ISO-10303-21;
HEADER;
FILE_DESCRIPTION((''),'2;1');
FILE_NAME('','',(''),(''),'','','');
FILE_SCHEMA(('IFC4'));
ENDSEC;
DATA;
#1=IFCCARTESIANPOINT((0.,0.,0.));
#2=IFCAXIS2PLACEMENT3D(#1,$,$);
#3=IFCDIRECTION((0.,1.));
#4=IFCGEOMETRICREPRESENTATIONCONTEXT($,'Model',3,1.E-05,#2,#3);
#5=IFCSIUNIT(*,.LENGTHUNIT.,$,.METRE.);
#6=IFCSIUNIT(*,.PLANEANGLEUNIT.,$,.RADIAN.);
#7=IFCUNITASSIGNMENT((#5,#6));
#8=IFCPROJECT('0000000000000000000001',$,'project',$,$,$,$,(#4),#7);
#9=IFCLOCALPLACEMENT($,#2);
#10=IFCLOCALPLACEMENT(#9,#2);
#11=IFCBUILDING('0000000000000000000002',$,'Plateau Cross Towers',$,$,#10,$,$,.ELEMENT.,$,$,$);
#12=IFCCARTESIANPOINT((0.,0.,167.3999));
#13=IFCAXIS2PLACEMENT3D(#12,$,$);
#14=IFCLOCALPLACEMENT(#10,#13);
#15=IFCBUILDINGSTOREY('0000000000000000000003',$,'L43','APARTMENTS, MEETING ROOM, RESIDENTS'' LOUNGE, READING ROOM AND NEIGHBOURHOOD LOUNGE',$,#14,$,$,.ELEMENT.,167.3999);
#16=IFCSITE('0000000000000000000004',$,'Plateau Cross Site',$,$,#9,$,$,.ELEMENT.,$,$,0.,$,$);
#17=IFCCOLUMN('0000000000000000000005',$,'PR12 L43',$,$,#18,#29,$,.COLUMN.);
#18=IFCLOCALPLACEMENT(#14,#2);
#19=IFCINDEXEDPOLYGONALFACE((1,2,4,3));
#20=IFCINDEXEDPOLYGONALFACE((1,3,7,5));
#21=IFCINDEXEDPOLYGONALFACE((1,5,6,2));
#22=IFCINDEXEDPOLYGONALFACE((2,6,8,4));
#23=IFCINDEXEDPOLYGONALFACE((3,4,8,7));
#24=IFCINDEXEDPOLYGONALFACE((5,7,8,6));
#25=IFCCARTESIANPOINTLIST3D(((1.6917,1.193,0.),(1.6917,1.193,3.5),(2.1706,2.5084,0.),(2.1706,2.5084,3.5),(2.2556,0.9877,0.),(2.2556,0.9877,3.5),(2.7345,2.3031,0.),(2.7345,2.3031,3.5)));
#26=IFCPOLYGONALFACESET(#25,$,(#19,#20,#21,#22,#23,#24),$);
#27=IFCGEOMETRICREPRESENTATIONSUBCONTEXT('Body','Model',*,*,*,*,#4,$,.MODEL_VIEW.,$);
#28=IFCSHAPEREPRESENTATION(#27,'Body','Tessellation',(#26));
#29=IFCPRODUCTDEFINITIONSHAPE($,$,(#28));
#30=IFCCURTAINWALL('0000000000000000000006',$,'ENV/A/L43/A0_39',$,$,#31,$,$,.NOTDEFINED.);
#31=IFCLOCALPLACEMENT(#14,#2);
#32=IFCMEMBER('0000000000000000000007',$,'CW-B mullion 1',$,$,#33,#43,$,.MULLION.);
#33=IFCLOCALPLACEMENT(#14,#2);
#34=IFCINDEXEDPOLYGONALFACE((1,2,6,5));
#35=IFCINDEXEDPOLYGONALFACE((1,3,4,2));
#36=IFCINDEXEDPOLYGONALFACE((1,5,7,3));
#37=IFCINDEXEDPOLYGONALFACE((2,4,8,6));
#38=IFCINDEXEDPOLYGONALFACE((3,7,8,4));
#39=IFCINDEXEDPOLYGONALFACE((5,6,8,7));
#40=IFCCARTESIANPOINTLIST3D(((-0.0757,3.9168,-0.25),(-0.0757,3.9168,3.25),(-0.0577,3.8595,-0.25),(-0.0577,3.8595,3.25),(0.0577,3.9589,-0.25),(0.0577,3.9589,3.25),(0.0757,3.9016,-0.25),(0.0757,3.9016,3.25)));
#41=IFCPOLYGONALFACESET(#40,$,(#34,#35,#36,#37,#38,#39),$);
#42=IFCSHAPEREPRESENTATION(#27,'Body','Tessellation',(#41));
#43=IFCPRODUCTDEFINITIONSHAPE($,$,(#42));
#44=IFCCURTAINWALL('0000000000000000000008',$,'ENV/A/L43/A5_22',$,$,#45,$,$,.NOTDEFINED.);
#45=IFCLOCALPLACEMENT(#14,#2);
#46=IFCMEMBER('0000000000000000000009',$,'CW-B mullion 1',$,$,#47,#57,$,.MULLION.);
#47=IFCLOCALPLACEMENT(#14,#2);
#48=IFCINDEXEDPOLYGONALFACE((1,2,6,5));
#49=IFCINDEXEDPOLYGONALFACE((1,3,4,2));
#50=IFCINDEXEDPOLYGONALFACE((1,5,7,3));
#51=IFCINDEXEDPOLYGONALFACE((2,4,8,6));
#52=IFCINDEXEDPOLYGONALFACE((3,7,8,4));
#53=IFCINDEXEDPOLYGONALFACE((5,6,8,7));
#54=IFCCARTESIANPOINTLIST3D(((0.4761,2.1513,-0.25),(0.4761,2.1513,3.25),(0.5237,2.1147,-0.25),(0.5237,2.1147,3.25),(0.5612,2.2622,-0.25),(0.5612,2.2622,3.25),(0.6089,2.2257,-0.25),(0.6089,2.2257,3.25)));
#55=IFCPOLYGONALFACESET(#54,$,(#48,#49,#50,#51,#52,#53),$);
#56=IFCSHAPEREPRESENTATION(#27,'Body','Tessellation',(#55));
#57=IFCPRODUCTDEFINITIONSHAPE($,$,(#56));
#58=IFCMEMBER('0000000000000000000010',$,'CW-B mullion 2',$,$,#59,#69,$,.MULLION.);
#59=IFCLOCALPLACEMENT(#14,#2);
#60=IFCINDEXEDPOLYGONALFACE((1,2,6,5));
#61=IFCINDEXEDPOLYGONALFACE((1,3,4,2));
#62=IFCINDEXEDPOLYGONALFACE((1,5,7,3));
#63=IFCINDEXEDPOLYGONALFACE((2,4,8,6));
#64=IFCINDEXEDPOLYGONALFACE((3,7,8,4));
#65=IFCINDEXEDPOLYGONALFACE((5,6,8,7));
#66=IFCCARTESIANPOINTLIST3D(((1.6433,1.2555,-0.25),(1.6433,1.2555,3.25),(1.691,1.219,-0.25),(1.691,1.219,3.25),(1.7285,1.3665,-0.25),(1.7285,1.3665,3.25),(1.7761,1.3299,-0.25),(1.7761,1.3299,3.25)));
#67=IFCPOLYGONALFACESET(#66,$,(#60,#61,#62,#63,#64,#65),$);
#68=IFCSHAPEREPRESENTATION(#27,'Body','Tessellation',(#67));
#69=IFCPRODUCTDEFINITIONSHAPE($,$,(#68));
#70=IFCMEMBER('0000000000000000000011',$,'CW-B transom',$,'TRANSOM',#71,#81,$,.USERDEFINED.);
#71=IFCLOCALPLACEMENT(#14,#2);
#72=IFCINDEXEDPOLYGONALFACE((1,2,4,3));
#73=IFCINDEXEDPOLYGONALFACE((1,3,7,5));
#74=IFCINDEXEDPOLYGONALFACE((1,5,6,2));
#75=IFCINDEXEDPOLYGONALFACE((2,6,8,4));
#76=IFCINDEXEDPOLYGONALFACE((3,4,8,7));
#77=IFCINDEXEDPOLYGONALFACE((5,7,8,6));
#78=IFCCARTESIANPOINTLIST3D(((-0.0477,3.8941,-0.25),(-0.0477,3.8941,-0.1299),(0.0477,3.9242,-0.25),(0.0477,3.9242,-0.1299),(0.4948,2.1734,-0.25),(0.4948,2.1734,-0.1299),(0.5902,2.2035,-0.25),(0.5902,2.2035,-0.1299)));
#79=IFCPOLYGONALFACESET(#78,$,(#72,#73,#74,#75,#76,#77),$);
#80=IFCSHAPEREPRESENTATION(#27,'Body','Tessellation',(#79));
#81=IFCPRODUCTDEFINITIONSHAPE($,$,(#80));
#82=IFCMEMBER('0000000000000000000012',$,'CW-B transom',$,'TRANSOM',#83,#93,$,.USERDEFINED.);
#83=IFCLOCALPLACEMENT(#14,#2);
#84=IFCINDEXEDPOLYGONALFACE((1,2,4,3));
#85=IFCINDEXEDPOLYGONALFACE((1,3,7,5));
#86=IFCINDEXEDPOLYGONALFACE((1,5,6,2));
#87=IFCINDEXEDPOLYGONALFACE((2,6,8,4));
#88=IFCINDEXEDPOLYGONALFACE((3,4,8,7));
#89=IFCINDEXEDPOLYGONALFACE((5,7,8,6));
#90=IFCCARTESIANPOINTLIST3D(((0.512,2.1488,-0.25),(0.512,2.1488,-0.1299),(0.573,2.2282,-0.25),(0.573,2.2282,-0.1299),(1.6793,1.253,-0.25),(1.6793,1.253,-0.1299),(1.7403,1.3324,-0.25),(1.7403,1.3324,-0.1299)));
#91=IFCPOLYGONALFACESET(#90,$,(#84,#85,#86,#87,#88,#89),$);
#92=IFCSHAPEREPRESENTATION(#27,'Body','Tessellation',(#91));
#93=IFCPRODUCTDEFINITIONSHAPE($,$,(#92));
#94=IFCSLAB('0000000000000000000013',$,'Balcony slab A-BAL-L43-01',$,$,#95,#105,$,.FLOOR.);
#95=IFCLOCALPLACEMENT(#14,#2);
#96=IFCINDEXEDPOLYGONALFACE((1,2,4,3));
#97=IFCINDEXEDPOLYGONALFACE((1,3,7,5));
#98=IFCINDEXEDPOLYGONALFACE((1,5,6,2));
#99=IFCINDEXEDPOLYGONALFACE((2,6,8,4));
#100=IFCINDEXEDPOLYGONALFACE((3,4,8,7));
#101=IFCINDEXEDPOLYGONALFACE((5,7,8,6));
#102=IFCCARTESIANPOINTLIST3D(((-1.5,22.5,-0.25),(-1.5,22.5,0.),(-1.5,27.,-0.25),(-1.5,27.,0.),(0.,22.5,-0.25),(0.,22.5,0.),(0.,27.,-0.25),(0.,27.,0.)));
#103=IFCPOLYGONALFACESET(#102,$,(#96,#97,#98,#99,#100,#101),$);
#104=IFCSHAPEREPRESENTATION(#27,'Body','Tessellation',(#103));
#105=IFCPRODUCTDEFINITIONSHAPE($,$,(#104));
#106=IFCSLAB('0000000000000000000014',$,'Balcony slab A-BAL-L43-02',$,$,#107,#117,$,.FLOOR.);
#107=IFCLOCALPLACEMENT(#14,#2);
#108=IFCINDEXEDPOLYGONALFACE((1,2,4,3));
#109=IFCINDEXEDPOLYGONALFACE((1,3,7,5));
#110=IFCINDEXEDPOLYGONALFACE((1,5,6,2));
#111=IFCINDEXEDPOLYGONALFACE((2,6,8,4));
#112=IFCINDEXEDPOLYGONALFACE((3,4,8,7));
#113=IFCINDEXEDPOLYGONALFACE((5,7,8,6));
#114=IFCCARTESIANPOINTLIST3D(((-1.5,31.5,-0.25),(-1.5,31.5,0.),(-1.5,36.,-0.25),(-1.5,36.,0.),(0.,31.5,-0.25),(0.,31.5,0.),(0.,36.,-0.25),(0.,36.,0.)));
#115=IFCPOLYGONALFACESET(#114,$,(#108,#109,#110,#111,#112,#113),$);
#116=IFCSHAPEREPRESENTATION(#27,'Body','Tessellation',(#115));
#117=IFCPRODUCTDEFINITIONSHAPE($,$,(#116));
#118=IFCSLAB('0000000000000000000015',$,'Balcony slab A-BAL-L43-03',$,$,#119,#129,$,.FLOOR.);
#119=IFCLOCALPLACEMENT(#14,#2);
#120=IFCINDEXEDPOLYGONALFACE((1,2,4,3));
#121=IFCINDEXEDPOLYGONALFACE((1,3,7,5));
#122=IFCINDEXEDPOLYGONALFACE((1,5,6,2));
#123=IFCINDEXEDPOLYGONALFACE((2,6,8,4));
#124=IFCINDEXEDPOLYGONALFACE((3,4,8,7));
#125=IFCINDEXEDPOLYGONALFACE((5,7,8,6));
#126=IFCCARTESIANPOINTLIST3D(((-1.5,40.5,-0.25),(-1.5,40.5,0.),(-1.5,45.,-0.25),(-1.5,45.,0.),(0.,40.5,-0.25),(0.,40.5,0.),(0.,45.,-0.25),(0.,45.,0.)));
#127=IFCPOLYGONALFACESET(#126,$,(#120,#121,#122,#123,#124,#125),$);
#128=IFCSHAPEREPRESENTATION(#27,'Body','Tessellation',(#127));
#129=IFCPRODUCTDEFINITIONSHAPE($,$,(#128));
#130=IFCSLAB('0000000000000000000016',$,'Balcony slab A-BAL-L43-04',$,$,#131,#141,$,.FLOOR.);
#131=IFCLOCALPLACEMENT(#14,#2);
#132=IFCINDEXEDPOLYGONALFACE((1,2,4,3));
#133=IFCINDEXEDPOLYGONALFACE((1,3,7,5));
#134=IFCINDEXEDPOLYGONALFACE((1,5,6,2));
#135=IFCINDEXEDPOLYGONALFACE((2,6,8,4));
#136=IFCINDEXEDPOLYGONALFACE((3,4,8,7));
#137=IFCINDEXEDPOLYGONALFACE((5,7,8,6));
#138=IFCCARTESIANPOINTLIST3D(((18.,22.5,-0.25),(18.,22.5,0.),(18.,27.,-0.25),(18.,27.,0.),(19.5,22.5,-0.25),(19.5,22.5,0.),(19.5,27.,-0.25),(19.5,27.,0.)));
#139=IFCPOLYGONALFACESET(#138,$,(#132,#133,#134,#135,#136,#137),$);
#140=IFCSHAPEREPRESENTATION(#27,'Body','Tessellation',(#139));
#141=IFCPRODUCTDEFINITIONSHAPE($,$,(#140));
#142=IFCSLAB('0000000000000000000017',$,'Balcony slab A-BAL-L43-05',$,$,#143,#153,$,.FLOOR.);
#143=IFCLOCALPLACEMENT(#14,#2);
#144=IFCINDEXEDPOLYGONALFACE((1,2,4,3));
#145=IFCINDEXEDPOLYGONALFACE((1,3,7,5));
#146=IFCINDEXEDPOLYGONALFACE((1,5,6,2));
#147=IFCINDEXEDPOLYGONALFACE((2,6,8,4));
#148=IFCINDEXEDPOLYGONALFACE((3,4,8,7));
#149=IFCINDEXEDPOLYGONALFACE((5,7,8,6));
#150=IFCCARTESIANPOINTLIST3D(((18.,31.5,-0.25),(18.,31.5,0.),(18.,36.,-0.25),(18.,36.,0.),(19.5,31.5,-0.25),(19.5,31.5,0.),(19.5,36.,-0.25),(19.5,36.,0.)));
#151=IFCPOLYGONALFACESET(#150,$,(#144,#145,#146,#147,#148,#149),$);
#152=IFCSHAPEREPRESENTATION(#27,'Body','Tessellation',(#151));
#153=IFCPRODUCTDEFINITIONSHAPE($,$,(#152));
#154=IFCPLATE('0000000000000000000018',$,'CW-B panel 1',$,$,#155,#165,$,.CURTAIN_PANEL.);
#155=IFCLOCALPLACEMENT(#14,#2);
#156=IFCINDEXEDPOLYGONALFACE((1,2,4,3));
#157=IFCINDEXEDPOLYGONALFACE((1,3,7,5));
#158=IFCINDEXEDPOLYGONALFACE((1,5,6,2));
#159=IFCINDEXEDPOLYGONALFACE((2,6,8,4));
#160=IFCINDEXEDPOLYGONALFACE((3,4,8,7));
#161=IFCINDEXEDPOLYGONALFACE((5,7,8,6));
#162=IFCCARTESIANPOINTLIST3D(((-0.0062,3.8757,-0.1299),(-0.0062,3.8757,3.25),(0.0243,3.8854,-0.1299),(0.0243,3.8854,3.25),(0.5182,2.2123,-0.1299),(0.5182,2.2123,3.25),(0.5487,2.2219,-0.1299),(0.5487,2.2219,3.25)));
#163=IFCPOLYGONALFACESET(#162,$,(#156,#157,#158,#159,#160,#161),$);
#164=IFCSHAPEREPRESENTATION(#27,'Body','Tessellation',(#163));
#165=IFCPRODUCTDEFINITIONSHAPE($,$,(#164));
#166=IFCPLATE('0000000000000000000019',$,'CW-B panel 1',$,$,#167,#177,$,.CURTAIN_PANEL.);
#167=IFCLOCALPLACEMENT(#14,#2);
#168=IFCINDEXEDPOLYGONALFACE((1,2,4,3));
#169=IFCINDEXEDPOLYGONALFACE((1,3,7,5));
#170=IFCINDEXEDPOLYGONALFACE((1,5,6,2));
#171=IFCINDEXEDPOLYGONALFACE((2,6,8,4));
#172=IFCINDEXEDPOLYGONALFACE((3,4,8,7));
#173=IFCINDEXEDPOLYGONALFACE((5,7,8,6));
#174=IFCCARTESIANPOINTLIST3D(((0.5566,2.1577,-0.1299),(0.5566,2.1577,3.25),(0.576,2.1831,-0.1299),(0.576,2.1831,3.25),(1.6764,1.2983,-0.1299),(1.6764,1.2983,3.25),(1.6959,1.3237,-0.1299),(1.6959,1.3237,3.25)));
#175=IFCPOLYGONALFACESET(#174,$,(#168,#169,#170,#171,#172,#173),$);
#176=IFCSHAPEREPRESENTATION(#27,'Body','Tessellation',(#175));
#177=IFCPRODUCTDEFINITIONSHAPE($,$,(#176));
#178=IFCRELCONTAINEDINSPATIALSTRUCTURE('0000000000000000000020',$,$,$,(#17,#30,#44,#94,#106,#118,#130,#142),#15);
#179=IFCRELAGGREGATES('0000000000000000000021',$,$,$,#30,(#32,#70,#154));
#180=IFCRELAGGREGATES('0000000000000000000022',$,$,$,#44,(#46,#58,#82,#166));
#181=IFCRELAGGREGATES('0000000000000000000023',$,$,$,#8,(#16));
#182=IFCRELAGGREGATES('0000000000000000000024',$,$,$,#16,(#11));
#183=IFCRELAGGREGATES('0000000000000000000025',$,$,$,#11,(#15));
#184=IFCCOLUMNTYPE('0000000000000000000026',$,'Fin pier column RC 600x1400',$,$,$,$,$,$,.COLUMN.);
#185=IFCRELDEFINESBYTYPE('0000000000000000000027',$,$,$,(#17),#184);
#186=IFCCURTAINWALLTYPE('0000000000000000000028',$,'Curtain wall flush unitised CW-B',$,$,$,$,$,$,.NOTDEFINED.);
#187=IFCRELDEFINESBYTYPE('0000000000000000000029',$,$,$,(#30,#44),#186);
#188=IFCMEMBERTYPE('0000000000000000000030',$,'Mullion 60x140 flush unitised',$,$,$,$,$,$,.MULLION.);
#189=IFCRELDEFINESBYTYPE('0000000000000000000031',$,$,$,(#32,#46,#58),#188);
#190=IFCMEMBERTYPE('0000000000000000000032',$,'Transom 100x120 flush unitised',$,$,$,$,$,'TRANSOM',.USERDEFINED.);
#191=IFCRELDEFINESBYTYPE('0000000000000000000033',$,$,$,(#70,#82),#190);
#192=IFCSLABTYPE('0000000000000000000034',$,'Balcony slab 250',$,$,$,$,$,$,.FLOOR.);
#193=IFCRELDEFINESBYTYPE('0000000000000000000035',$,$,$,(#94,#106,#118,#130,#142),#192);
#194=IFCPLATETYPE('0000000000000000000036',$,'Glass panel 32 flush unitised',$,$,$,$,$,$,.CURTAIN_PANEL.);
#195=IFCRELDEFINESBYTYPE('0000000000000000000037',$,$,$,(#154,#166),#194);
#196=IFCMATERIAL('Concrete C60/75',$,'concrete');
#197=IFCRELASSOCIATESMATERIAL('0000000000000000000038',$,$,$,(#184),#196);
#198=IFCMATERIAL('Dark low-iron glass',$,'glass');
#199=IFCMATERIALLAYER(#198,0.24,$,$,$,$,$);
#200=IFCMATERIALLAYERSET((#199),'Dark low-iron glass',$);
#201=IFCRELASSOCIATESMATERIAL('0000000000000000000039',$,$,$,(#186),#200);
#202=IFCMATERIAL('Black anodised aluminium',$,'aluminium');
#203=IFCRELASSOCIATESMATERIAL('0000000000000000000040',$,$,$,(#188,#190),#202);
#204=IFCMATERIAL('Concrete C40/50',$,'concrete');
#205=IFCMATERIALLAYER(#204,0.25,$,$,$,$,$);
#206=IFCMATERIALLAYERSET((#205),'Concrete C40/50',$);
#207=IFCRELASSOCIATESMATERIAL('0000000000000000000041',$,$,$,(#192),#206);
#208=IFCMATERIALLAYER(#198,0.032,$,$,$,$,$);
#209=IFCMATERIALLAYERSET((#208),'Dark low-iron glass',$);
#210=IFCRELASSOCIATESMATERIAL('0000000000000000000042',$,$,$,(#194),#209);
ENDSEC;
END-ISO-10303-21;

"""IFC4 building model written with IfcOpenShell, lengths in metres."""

from ifc_helpers import new_model, si_unit, direction, frame, origin, origin_2d, place, context, subcontext, project, spatial, polyline, rectangle, outline, extrude, material, layer, layer_set, material_profile, profile_set, type_object, element, aggregate, save


model = new_model("IFC4")

# Units and contexts
model_context = context("Model", 3, precision=1e-05, world=origin(), true_north=direction((0.0, 1.0)))
body_context = subcontext(model_context, "Body", "Model", "MODEL_VIEW")
ifc_project = project(units=[si_unit("LENGTHUNIT", "METRE"), si_unit("PLANEANGLEUNIT", "RADIAN")], contexts=[model_context])

# Site, building, storey
site_placement = place(None, origin())
site = spatial("IfcSite", under=ifc_project, at=site_placement, Name="Plateau Cross Site", CompositionType="ELEMENT", RefElevation=0.0)
building_placement = place(site_placement, origin())
building = spatial("IfcBuilding", under=site, at=building_placement, Name="Plateau Cross Towers", CompositionType="ELEMENT")
storey_placement = place(building_placement, frame((0.0, 0.0, 167.3999)))
storey = spatial("IfcBuildingStorey", under=building, at=storey_placement, Name="L43", Description="APARTMENTS, MEETING ROOM, RESIDENTS' LOUNGE, READING ROOM AND NEIGHBOURHOOD LOUNGE", CompositionType="ELEMENT", Elevation=167.3999)

# Column
ifc_material_1 = material(Name="Concrete C60/75", Category="concrete")
ifc_material_profile_1 = material_profile(ifc_material_1, rectangle(XDim=0.6001, YDim=1.3999, at=origin_2d()), Name="RC 600x1400")
ifc_profile_set_1 = profile_set([ifc_material_profile_1], Name="Concrete C60/75")
column_type = type_object("IfcColumnType", Name="Fin pier column RC 600x1400", PredefinedType="COLUMN", material=ifc_profile_set_1)
column_placement = place(storey_placement, frame((2.2131, 1.748, 0.0), z_axis=(0.0, 0.0, 1.0), x_axis=(-0.939664, 0.342098, 0.0)))
element("IfcColumn", 1, at=column_placement, inside=storey, type_object=column_type, Name="PR12 L43", PredefinedType="COLUMN", context=body_context, shape_type="SweptSolid", body=[
    extrude(rectangle(XDim=0.6001, YDim=1.3999, at=origin_2d()), origin(), (0.0, 0.0, 1.0), 3.5),
])

# Curtain wall, member
ifc_material_2 = material(Name="Dark low-iron glass", Category="glass")
ifc_layer_1 = layer(ifc_material_2, 0.24)
ifc_layer_set_1 = layer_set([ifc_layer_1], Name="Dark low-iron glass")
curtain_wall_type = type_object("IfcCurtainWallType", Name="Curtain wall flush unitised CW-B", PredefinedType="NOTDEFINED", material=ifc_layer_set_1)
curtain_wall_1_placement = place(storey_placement, origin())
curtain_wall_1 = element("IfcCurtainWall", 2, at=curtain_wall_1_placement, inside=storey, type_object=curtain_wall_type, Name="ENV/A/L43/A0_39", PredefinedType="NOTDEFINED")
ifc_material_3 = material(Name="Black anodised aluminium", Category="aluminium")
ifc_material_profile_2 = material_profile(ifc_material_3, rectangle(XDim=0.0601, YDim=0.1399, at=origin_2d()), Name="MULLION 60x140")
ifc_profile_set_2 = profile_set([ifc_material_profile_2], Name="Black anodised aluminium")
member_type_1 = type_object("IfcMemberType", Name="Mullion 60x140 flush unitised", PredefinedType="MULLION", material=ifc_profile_set_2)
member_1_placement = place(storey_placement, frame((0.0, 3.9092, -0.25), z_axis=(0.0, 0.0, 1.0), x_axis=(0.300686, -0.953723, 0.0)))
member_1 = element("IfcMember", 3, at=member_1_placement, type_object=member_type_1, Name="CW-B mullion 1", PredefinedType="MULLION", context=body_context, shape_type="SweptSolid", body=[
    extrude(rectangle(XDim=0.0601, YDim=0.1399, at=origin_2d()), origin(), (0.0, 0.0, 1.0), 3.5),
])

# Curtain wall, members
curtain_wall_2_placement = place(storey_placement, origin())
curtain_wall_2 = element("IfcCurtainWall", 4, at=curtain_wall_2_placement, inside=storey, type_object=curtain_wall_type, Name="ENV/A/L43/A5_22", PredefinedType="NOTDEFINED")
member_2_placement = place(storey_placement, frame((0.5425, 2.1885, -0.25), z_axis=(0.0, 0.0, 1.0), x_axis=(0.793316, -0.608811, 0.0)))
member_2 = element("IfcMember", 5, at=member_2_placement, type_object=member_type_1, Name="CW-B mullion 1", PredefinedType="MULLION", context=body_context, shape_type="SweptSolid", body=[
    extrude(rectangle(XDim=0.0601, YDim=0.1399, at=origin_2d()), origin(), (0.0, 0.0, 1.0), 3.5),
])
member_3_placement = place(storey_placement, frame((1.7097, 1.2927, -0.25), z_axis=(0.0, 0.0, 1.0), x_axis=(0.793316, -0.608811, 0.0)))
member_3 = element("IfcMember", 6, at=member_3_placement, type_object=member_type_1, Name="CW-B mullion 2", PredefinedType="MULLION", context=body_context, shape_type="SweptSolid", body=[
    extrude(rectangle(XDim=0.0601, YDim=0.1399, at=origin_2d()), origin(), (0.0, 0.0, 1.0), 3.5),
])

# Members
ifc_material_profile_3 = material_profile(ifc_material_3, rectangle(XDim=0.1001, YDim=0.1201, at=origin_2d()), Name="TRANSOM 100x120")
ifc_profile_set_3 = profile_set([ifc_material_profile_3], Name="Black anodised aluminium")
member_type_2 = type_object("IfcMemberType", Name="Transom 100x120 flush unitised", ElementType="TRANSOM", PredefinedType="USERDEFINED", material=ifc_profile_set_3)
member_4_placement = place(storey_placement, frame((0.0, 3.9092, -0.1899), z_axis=(0.300678, -0.953726, 0.0), x_axis=(0.953726, 0.300678, 0.0)))
member_4 = element("IfcMember", 7, at=member_4_placement, type_object=member_type_2, Name="CW-B transom", ObjectType="TRANSOM", PredefinedType="USERDEFINED", context=body_context, shape_type="SweptSolid", body=[
    extrude(rectangle(XDim=0.1001, YDim=0.1201, at=origin_2d()), origin(), (0.0, 0.0, 1.0), 1.8042),
])
member_5_placement = place(storey_placement, frame((0.5425, 2.1885, -0.1899), z_axis=(0.793321, -0.608804, 0.0), x_axis=(0.608804, 0.793321, 0.0)))
member_5 = element("IfcMember", 8, at=member_5_placement, type_object=member_type_2, Name="CW-B transom", ObjectType="TRANSOM", PredefinedType="USERDEFINED", context=body_context, shape_type="SweptSolid", body=[
    extrude(rectangle(XDim=0.1001, YDim=0.1201, at=origin_2d()), origin(), (0.0, 0.0, 1.0), 1.4714),
])

# Slabs
ifc_material_4 = material(Name="Concrete C40/50", Category="concrete")
ifc_layer_2 = layer(ifc_material_4, 0.25)
ifc_layer_set_2 = layer_set([ifc_layer_2], Name="Concrete C40/50")
slab_type_1 = type_object("IfcSlabType", Name="Balcony slab 250", PredefinedType="FLOOR", material=ifc_layer_set_2)
slab_1_placement = place(storey_placement, frame((0.0, 0.0, -0.25)))
element("IfcSlab", 9, at=slab_1_placement, inside=storey, type_object=slab_type_1, Name="Balcony slab A-BAL-L43-01", PredefinedType="FLOOR", context=body_context, shape_type="SweptSolid", body=[
    extrude(outline(polyline([(0.0, 22.5), (0.0, 27.0), (-1.5, 27.0), (-1.5, 22.5), (0.0, 22.5)])), origin(), (0.0, 0.0, 1.0), 0.25),
])
slab_2_placement = place(storey_placement, frame((0.0, 0.0, -0.25)))
element("IfcSlab", 10, at=slab_2_placement, inside=storey, type_object=slab_type_1, Name="Balcony slab A-BAL-L43-02", PredefinedType="FLOOR", context=body_context, shape_type="SweptSolid", body=[
    extrude(outline(polyline([(0.0, 31.5), (0.0, 36.0), (-1.5, 36.0), (-1.5, 31.5), (0.0, 31.5)])), origin(), (0.0, 0.0, 1.0), 0.25),
])
slab_3_placement = place(storey_placement, frame((0.0, 0.0, -0.25)))
element("IfcSlab", 11, at=slab_3_placement, inside=storey, type_object=slab_type_1, Name="Balcony slab A-BAL-L43-03", PredefinedType="FLOOR", context=body_context, shape_type="SweptSolid", body=[
    extrude(outline(polyline([(0.0, 40.5), (0.0, 45.0), (-1.5, 45.0), (-1.5, 40.5), (0.0, 40.5)])), origin(), (0.0, 0.0, 1.0), 0.25),
])
slab_4_placement = place(storey_placement, frame((0.0, 0.0, -0.25)))
element("IfcSlab", 12, at=slab_4_placement, inside=storey, type_object=slab_type_1, Name="Balcony slab A-BAL-L43-04", PredefinedType="FLOOR", context=body_context, shape_type="SweptSolid", body=[
    extrude(outline(polyline([(19.5, 22.5), (19.5, 27.0), (18.0, 27.0), (18.0, 22.5), (19.5, 22.5)])), origin(), (0.0, 0.0, 1.0), 0.25),
])
slab_5_placement = place(storey_placement, frame((0.0, 0.0, -0.25)))
element("IfcSlab", 13, at=slab_5_placement, inside=storey, type_object=slab_type_1, Name="Balcony slab A-BAL-L43-05", PredefinedType="FLOOR", context=body_context, shape_type="SweptSolid", body=[
    extrude(outline(polyline([(19.5, 31.5), (19.5, 36.0), (18.0, 36.0), (18.0, 31.5), (19.5, 31.5)])), origin(), (0.0, 0.0, 1.0), 0.25),
])

# Plates
ifc_layer_3 = layer(ifc_material_2, 0.032)
ifc_layer_set_3 = layer_set([ifc_layer_3], Name="Dark low-iron glass")
plate_type = type_object("IfcPlateType", Name="Glass panel 32 flush unitised", PredefinedType="CURTAIN_PANEL", material=ifc_layer_set_3)
plate_1_placement = place(storey_placement, frame((0.2712, 3.0488, -0.1299), z_axis=(0.0, 0.0, 1.0), x_axis=(0.300686, -0.953723, 0.0)))
plate_1 = element("IfcPlate", 14, at=plate_1_placement, type_object=plate_type, Name="CW-B panel 1", PredefinedType="CURTAIN_PANEL", context=body_context, shape_type="SweptSolid", body=[
    extrude(rectangle(XDim=1.7441, YDim=0.032, at=origin_2d()), origin(), (0.0, 0.0, 1.0), 3.3799),
])
aggregate(curtain_wall_1, [member_1, member_4, plate_1])
plate_2_placement = place(storey_placement, frame((1.1262, 1.7407, -0.1299), z_axis=(0.0, 0.0, 1.0), x_axis=(0.793316, -0.608811, 0.0)))
plate_2 = element("IfcPlate", 15, at=plate_2_placement, type_object=plate_type, Name="CW-B panel 1", PredefinedType="CURTAIN_PANEL", context=body_context, shape_type="SweptSolid", body=[
    extrude(rectangle(XDim=1.4116, YDim=0.032, at=origin_2d()), origin(), (0.0, 0.0, 1.0), 3.3799),
])
aggregate(curtain_wall_2, [member_2, member_3, member_5, plate_2])

save(model, "model.ifc")
